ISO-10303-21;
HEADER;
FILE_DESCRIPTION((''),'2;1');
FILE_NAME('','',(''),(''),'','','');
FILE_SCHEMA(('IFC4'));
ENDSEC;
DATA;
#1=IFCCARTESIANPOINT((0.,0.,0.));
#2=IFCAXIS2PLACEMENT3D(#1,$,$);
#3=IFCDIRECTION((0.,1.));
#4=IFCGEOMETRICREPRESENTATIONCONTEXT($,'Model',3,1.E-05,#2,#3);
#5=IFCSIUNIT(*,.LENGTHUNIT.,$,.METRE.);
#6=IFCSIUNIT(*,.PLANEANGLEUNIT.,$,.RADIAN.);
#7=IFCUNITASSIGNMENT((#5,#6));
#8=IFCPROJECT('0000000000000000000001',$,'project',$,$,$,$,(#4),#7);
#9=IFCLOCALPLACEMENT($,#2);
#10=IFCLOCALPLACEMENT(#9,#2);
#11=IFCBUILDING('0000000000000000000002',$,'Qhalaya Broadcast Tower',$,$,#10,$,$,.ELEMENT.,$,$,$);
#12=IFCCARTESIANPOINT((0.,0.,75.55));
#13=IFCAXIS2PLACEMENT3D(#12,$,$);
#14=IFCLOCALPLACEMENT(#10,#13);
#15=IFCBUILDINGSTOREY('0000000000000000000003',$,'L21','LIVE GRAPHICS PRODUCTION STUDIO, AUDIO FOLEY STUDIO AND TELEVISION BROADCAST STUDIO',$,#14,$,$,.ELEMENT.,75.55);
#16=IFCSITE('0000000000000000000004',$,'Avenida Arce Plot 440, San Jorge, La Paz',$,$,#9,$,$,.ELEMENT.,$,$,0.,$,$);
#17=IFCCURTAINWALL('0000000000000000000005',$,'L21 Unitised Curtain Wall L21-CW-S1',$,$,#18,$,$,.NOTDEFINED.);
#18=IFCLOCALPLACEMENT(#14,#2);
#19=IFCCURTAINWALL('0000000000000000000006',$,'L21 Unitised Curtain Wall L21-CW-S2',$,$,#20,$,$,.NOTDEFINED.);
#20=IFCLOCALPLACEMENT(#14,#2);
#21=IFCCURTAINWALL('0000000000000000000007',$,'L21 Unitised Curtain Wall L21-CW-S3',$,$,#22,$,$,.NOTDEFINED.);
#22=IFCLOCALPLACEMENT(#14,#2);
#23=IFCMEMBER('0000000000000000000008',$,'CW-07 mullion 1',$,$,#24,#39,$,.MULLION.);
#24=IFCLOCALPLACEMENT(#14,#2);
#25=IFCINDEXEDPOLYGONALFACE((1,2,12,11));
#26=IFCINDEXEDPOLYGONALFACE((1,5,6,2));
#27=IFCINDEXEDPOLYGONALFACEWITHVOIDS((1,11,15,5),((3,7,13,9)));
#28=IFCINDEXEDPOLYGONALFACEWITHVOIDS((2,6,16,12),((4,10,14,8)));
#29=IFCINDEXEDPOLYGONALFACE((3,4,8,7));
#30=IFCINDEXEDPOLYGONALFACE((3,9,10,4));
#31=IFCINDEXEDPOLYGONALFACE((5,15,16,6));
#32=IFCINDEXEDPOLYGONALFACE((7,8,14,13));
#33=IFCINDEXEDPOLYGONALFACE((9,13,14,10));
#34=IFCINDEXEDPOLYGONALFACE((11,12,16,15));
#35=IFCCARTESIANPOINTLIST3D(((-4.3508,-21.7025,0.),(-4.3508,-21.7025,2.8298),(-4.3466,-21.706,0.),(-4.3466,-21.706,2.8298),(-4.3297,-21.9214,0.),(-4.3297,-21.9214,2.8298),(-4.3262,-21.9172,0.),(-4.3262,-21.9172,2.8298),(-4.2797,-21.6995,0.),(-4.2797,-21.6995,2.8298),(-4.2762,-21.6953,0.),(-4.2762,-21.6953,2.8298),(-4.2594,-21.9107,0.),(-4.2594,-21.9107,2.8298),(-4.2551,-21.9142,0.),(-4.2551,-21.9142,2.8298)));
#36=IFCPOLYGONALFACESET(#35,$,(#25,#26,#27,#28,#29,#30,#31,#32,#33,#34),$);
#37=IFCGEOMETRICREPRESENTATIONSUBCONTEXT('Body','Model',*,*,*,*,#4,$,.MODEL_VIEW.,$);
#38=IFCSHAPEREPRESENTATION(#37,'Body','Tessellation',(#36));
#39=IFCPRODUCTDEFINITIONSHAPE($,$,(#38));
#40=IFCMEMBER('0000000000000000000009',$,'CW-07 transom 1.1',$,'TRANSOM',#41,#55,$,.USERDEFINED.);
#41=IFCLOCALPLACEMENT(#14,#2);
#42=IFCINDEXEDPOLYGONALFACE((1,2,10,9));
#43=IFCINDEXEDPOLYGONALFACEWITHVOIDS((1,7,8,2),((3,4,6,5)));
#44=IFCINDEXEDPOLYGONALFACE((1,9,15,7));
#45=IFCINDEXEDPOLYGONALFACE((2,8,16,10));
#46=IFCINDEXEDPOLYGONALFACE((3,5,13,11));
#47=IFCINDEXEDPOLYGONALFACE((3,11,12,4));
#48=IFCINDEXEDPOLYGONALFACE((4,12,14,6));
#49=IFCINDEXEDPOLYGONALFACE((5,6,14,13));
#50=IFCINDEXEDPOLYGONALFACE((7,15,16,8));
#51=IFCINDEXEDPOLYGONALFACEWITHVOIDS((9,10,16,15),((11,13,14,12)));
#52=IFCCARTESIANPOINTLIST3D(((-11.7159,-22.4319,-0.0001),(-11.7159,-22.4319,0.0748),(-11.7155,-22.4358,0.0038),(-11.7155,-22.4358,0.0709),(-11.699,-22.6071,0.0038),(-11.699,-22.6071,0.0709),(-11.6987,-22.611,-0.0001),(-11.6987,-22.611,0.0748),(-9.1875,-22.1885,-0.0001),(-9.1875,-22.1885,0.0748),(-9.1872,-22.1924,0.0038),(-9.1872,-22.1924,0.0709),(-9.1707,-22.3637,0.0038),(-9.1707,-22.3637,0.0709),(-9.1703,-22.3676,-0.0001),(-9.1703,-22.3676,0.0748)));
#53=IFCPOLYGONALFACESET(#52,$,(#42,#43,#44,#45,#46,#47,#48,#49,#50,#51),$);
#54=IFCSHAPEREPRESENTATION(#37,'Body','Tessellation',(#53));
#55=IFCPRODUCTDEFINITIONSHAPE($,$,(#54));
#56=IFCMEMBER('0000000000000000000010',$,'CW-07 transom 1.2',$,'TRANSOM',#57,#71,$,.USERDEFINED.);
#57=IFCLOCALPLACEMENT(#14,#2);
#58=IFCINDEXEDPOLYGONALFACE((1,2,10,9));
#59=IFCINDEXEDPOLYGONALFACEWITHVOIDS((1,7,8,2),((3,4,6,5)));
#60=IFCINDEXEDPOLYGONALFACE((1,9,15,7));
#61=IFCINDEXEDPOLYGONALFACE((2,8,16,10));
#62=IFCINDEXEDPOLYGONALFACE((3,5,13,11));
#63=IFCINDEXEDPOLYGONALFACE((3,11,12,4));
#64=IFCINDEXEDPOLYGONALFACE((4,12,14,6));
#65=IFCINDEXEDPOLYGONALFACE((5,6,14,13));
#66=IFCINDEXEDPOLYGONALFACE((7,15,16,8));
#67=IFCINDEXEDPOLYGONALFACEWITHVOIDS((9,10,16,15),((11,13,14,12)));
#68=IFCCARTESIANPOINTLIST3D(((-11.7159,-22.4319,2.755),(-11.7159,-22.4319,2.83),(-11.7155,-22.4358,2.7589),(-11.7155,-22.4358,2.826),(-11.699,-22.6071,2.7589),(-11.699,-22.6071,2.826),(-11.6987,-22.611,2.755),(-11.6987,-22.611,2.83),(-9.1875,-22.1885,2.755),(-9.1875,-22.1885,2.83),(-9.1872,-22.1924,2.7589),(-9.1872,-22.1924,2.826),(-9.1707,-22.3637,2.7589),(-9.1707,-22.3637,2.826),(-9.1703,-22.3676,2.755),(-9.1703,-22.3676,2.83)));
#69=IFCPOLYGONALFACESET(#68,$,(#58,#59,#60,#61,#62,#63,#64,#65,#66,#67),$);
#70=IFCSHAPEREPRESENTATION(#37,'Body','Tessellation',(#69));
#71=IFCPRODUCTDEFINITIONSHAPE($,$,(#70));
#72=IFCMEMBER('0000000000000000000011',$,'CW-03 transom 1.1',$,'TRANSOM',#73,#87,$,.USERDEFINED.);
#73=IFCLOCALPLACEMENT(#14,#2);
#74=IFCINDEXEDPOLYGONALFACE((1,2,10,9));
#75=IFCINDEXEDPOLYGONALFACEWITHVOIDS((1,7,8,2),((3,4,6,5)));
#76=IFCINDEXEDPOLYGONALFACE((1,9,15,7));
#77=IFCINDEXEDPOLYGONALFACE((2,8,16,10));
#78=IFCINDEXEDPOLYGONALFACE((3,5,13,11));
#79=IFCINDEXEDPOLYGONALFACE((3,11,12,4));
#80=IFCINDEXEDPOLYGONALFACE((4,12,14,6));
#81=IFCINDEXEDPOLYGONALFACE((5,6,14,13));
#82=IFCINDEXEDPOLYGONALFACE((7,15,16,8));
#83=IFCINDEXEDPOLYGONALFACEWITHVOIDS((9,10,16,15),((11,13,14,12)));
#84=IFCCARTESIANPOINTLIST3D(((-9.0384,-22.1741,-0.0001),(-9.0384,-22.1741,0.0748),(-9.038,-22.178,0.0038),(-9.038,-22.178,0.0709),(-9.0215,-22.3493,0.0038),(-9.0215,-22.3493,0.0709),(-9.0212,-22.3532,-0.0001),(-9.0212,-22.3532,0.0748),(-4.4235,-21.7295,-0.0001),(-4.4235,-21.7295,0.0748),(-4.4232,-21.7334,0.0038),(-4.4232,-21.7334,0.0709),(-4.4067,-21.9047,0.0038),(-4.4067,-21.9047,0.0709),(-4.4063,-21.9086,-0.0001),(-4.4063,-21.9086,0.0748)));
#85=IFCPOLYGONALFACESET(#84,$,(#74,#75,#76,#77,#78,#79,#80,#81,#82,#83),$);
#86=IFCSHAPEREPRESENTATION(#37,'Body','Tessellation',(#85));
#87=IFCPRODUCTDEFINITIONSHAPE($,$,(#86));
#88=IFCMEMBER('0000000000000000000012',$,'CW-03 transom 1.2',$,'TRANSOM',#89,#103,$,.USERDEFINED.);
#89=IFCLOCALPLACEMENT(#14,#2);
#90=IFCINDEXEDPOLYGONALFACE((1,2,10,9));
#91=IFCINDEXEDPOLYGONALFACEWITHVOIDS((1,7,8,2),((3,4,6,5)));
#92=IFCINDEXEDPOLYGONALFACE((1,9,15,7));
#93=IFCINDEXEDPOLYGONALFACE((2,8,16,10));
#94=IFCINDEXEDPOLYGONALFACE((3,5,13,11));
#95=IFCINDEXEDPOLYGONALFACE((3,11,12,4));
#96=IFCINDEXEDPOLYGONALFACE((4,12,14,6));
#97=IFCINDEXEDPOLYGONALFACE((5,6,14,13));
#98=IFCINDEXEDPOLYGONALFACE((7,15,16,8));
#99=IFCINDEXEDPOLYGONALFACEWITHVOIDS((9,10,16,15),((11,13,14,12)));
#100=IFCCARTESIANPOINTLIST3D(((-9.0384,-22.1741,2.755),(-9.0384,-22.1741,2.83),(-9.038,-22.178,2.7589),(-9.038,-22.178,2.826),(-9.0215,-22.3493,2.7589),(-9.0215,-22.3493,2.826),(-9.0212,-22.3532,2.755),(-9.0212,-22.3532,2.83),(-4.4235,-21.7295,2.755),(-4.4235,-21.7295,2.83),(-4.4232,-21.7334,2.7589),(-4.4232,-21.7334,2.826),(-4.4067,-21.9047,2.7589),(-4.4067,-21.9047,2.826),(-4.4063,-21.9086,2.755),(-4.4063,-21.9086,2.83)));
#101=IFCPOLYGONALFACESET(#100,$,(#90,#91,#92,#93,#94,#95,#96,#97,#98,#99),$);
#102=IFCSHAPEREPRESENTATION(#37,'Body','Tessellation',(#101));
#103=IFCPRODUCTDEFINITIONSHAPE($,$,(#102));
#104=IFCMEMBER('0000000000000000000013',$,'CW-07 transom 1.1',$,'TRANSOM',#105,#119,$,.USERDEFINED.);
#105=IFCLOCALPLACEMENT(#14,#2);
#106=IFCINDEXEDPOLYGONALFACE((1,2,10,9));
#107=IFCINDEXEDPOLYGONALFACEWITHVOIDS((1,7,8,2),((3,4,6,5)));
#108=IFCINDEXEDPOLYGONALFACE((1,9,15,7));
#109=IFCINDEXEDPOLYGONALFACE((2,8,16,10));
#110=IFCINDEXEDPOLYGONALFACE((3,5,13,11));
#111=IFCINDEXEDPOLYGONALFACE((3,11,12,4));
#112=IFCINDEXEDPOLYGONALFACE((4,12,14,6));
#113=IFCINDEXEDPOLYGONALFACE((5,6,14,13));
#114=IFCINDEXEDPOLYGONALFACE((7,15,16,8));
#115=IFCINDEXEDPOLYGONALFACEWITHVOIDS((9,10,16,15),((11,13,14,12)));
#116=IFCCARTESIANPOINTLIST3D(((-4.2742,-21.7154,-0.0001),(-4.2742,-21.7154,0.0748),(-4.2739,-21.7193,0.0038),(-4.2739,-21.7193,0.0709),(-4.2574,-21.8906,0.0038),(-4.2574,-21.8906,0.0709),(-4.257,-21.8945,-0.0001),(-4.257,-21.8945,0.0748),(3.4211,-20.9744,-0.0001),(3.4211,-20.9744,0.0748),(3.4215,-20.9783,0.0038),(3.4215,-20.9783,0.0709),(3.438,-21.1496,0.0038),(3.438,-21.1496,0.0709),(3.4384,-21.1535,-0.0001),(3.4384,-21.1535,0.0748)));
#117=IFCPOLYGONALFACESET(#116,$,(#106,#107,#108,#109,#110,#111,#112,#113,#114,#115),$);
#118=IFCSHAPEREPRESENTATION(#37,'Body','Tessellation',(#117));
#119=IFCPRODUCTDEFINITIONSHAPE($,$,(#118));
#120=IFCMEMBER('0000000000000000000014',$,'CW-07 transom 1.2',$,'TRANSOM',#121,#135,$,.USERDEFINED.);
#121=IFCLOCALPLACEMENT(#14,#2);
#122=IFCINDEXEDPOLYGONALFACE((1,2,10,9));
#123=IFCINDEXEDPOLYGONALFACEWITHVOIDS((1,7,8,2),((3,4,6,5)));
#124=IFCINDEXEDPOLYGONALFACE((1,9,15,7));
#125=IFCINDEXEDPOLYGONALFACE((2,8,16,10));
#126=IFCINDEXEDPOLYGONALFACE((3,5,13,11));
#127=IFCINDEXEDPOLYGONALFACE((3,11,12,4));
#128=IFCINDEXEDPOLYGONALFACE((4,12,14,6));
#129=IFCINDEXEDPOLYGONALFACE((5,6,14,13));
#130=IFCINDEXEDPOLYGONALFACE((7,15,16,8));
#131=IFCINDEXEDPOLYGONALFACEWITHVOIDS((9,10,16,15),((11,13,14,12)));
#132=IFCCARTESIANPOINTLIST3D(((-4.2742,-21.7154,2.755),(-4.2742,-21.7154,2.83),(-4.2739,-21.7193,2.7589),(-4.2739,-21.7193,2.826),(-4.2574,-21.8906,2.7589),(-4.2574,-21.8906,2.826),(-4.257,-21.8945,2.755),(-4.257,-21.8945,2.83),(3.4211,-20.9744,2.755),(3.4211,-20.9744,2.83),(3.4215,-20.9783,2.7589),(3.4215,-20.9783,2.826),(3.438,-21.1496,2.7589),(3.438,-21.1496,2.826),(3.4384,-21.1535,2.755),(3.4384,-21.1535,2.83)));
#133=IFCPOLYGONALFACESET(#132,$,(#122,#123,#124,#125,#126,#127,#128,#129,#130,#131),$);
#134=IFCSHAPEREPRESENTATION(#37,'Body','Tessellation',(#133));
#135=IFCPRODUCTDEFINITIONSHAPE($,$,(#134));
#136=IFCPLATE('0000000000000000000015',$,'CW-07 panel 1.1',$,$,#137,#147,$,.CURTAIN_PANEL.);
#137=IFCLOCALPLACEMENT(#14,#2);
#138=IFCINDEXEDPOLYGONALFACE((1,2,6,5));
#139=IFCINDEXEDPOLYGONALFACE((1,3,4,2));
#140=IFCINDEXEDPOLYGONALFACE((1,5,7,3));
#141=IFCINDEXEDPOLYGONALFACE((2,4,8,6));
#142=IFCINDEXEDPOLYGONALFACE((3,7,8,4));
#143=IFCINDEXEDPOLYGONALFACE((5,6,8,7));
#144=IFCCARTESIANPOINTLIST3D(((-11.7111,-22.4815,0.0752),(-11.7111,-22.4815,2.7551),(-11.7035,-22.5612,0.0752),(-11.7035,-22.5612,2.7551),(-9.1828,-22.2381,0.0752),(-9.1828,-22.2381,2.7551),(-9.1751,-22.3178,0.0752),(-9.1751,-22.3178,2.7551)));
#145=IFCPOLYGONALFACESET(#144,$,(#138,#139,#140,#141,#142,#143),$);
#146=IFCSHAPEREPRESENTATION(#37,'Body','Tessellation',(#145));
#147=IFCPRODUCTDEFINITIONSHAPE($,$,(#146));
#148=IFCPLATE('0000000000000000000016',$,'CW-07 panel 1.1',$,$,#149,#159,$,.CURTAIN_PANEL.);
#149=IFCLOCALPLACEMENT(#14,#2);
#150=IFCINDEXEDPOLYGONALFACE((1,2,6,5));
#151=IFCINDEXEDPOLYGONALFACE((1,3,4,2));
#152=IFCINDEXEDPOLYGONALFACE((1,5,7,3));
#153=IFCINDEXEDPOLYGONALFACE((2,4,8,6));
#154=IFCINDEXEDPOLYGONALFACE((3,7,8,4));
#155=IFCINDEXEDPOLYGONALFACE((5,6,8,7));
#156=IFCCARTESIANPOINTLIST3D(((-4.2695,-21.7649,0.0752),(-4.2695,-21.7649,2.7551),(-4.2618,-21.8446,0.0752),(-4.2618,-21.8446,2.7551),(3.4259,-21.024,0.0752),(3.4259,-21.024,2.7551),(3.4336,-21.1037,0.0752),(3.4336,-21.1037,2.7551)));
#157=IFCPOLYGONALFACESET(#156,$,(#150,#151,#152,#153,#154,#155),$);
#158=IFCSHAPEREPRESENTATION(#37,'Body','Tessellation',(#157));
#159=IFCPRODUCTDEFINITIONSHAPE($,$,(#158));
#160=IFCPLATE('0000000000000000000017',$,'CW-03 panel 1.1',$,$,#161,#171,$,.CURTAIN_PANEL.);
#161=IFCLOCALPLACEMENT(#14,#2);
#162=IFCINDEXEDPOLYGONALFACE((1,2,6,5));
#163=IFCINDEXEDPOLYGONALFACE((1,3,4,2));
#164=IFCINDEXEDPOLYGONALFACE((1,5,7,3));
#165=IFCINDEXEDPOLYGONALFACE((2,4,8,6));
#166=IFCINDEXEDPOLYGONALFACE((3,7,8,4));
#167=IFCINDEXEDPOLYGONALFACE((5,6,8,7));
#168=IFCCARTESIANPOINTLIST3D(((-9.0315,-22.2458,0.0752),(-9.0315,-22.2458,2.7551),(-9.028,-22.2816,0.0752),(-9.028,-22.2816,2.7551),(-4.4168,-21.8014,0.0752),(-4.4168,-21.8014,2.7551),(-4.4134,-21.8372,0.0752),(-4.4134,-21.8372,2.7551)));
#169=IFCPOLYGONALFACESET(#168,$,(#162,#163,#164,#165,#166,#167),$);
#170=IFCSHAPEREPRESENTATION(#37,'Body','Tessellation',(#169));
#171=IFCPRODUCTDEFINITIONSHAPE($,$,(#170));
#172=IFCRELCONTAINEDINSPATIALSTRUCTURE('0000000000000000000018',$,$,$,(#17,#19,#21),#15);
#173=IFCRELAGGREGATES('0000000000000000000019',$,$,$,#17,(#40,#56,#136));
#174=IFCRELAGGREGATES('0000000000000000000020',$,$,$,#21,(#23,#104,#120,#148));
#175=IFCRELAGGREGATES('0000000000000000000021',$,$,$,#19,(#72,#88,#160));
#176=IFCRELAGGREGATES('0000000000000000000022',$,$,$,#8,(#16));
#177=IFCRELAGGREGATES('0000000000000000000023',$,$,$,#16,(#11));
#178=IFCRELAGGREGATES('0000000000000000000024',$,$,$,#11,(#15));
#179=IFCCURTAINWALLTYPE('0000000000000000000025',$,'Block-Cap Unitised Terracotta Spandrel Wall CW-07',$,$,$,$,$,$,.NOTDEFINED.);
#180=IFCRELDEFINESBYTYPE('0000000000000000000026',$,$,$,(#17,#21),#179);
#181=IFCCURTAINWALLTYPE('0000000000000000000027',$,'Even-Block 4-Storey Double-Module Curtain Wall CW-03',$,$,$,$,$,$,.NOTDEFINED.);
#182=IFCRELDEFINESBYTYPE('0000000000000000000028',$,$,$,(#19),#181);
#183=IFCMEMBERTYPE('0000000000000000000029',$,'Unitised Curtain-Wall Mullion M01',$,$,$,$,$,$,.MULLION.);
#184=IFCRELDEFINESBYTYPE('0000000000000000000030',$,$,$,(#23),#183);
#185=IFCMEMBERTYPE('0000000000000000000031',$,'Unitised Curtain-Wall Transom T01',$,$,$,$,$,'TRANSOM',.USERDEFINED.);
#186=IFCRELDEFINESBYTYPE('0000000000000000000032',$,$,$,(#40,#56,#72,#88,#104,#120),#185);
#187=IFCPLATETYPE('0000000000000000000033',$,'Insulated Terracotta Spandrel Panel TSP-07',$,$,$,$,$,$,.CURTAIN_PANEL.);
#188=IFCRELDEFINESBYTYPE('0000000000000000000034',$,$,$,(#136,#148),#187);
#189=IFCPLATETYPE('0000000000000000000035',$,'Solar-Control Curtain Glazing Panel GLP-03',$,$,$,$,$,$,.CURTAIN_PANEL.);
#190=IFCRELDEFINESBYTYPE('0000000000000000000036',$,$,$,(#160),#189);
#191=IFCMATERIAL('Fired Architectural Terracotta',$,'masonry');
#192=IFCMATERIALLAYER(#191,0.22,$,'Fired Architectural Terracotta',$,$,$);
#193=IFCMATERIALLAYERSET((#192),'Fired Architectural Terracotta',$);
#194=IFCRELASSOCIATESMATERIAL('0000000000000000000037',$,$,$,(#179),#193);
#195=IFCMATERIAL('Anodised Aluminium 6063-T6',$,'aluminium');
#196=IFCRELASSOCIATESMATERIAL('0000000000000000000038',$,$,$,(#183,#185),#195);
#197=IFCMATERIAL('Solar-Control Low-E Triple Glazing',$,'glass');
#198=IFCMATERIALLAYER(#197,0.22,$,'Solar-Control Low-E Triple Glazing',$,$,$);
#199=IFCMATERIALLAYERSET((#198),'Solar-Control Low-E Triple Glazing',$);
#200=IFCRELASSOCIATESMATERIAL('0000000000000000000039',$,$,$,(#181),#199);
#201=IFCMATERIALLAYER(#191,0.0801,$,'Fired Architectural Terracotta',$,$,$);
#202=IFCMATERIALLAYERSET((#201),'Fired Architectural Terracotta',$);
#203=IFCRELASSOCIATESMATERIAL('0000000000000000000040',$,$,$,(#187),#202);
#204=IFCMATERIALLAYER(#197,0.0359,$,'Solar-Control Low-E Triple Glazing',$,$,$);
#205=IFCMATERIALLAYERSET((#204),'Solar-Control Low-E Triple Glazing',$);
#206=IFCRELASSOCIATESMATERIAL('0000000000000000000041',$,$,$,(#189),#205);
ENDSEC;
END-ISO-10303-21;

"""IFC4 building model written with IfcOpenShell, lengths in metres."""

from ifc_helpers import new_model, si_unit, direction, frame, origin, origin_2d, place, context, subcontext, project, spatial, rectangle, hollow_rectangle, extrude, material, layer, layer_set, material_profile, profile_set, type_object, element, aggregate, save


model = new_model("IFC4")

# Units and contexts
model_context = context("Model", 3, precision=1e-05, world=origin(), true_north=direction((0.0, 1.0)))
body_context = subcontext(model_context, "Body", "Model", "MODEL_VIEW")
ifc_project = project(units=[si_unit("LENGTHUNIT", "METRE"), si_unit("PLANEANGLEUNIT", "RADIAN")], contexts=[model_context])

# Site, building, storey
site_placement = place(None, origin())
site = spatial("IfcSite", under=ifc_project, at=site_placement, Name="Avenida Arce Plot 440, San Jorge, La Paz", CompositionType="ELEMENT", RefElevation=0.0)
building_placement = place(site_placement, origin())
building = spatial("IfcBuilding", under=site, at=building_placement, Name="Qhalaya Broadcast Tower", CompositionType="ELEMENT")
storey_placement = place(building_placement, frame((0.0, 0.0, 75.55)))
storey = spatial("IfcBuildingStorey", under=building, at=storey_placement, Name="L21", Description="LIVE GRAPHICS PRODUCTION STUDIO, AUDIO FOLEY STUDIO AND TELEVISION BROADCAST STUDIO", CompositionType="ELEMENT", Elevation=75.55)

# Curtain wall
ifc_material_1 = material(Name="Fired Architectural Terracotta", Category="masonry")
ifc_layer_1 = layer(ifc_material_1, 0.22, Name="Fired Architectural Terracotta")
ifc_layer_set_1 = layer_set([ifc_layer_1], Name="Fired Architectural Terracotta")
curtain_wall_type_1 = type_object("IfcCurtainWallType", Name="Block-Cap Unitised Terracotta Spandrel Wall CW-07", PredefinedType="NOTDEFINED", material=ifc_layer_set_1)
curtain_wall_1_placement = place(storey_placement, origin())
curtain_wall_1 = element("IfcCurtainWall", 1, at=curtain_wall_1_placement, inside=storey, type_object=curtain_wall_type_1, Name="L21 Unitised Curtain Wall L21-CW-S1", PredefinedType="NOTDEFINED")
ifc_material_2 = material(Name="Anodised Aluminium 6063-T6", Category="aluminium")
ifc_material_profile_1 = material_profile(ifc_material_2, hollow_rectangle(XDim=0.075, YDim=0.22, WallThickness=0.0039, at=origin_2d()), Name="ALU-MUL 75x220x4")
ifc_profile_set_1 = profile_set([ifc_material_profile_1], Name="Anodised Aluminium 6063-T6")
member_type_1 = type_object("IfcMemberType", Name="Unitised Curtain-Wall Mullion M01", PredefinedType="MULLION", material=ifc_profile_set_1)

# Curtain wall
ifc_material_3 = material(Name="Solar-Control Low-E Triple Glazing", Category="glass")
ifc_layer_2 = layer(ifc_material_3, 0.22, Name="Solar-Control Low-E Triple Glazing")
ifc_layer_set_2 = layer_set([ifc_layer_2], Name="Solar-Control Low-E Triple Glazing")
curtain_wall_type_2 = type_object("IfcCurtainWallType", Name="Even-Block 4-Storey Double-Module Curtain Wall CW-03", PredefinedType="NOTDEFINED", material=ifc_layer_set_2)
curtain_wall_2_placement = place(storey_placement, origin())
curtain_wall_2 = element("IfcCurtainWall", 2, at=curtain_wall_2_placement, inside=storey, type_object=curtain_wall_type_2, Name="L21 Unitised Curtain Wall L21-CW-S2", PredefinedType="NOTDEFINED")

# Curtain wall, member
curtain_wall_3_placement = place(storey_placement, origin())
curtain_wall_3 = element("IfcCurtainWall", 3, at=curtain_wall_3_placement, inside=storey, type_object=curtain_wall_type_1, Name="L21 Unitised Curtain Wall L21-CW-S3", PredefinedType="NOTDEFINED")
member_1_placement = place(storey_placement, frame((-4.303, -21.8083, 0.0), z_axis=(0.0, 0.0, 1.0), x_axis=(0.995397, 0.095838, 0.0)))
member_1 = element("IfcMember", 4, at=member_1_placement, type_object=member_type_1, Name="CW-07 mullion 1", PredefinedType="MULLION", context=body_context, shape_type="SweptSolid", body=[
    extrude(hollow_rectangle(XDim=0.075, YDim=0.22, WallThickness=0.0039, at=origin_2d()), origin(), (0.0, 0.0, 1.0), 2.8298),
])

# Members
ifc_material_profile_2 = material_profile(ifc_material_2, hollow_rectangle(XDim=0.075, YDim=0.1799, WallThickness=0.0039, at=origin_2d()), Name="ALU-TRN 75x180x4")
ifc_profile_set_2 = profile_set([ifc_material_profile_2], Name="Anodised Aluminium 6063-T6")
member_type_2 = type_object("IfcMemberType", Name="Unitised Curtain-Wall Transom T01", ElementType="TRANSOM", PredefinedType="USERDEFINED", material=ifc_profile_set_2)
member_2_placement = place(storey_placement, frame((-11.7073, -22.5215, 0.0374), z_axis=(0.995398, 0.09583, 0.0), x_axis=(0.0, 0.0, 1.0)))
member_2 = element("IfcMember", 5, at=member_2_placement, type_object=member_type_2, Name="CW-07 transom 1.1", ObjectType="TRANSOM", PredefinedType="USERDEFINED", context=body_context, shape_type="SweptSolid", body=[
    extrude(hollow_rectangle(XDim=0.075, YDim=0.1799, WallThickness=0.0039, at=origin_2d()), origin(), (0.0, 0.0, 1.0), 2.54),
])
member_3_placement = place(storey_placement, frame((-11.7073, -22.5215, 2.7925), z_axis=(0.995398, 0.09583, 0.0), x_axis=(0.0, 0.0, 1.0)))
member_3 = element("IfcMember", 6, at=member_3_placement, type_object=member_type_2, Name="CW-07 transom 1.2", ObjectType="TRANSOM", PredefinedType="USERDEFINED", context=body_context, shape_type="SweptSolid", body=[
    extrude(hollow_rectangle(XDim=0.075, YDim=0.1799, WallThickness=0.0039, at=origin_2d()), origin(), (0.0, 0.0, 1.0), 2.54),
])
member_4_placement = place(storey_placement, frame((-9.0298, -22.2637, 0.0374), z_axis=(0.995391, 0.095895, 0.0), x_axis=(0.0, 0.0, 1.0)))
member_4 = element("IfcMember", 7, at=member_4_placement, type_object=member_type_2, Name="CW-03 transom 1.1", ObjectType="TRANSOM", PredefinedType="USERDEFINED", context=body_context, shape_type="SweptSolid", body=[
    extrude(hollow_rectangle(XDim=0.075, YDim=0.1799, WallThickness=0.0039, at=origin_2d()), origin(), (0.0, 0.0, 1.0), 4.6362),
])
member_5_placement = place(storey_placement, frame((-9.0298, -22.2637, 2.7925), z_axis=(0.995391, 0.095895, 0.0), x_axis=(0.0, 0.0, 1.0)))
member_5 = element("IfcMember", 8, at=member_5_placement, type_object=member_type_2, Name="CW-03 transom 1.2", ObjectType="TRANSOM", PredefinedType="USERDEFINED", context=body_context, shape_type="SweptSolid", body=[
    extrude(hollow_rectangle(XDim=0.075, YDim=0.1799, WallThickness=0.0039, at=origin_2d()), origin(), (0.0, 0.0, 1.0), 4.6362),
])
member_6_placement = place(storey_placement, frame((-4.2656, -21.8049, 0.0374), z_axis=(0.995396, 0.095845, 0.0), x_axis=(0.0, 0.0, 1.0)))
member_6 = element("IfcMember", 9, at=member_6_placement, type_object=member_type_2, Name="CW-07 transom 1.1", ObjectType="TRANSOM", PredefinedType="USERDEFINED", context=body_context, shape_type="SweptSolid", body=[
    extrude(hollow_rectangle(XDim=0.075, YDim=0.1799, WallThickness=0.0039, at=origin_2d()), origin(), (0.0, 0.0, 1.0), 7.731),
])
member_7_placement = place(storey_placement, frame((-4.2656, -21.8049, 2.7925), z_axis=(0.995396, 0.095845, 0.0), x_axis=(0.0, 0.0, 1.0)))
member_7 = element("IfcMember", 10, at=member_7_placement, type_object=member_type_2, Name="CW-07 transom 1.2", ObjectType="TRANSOM", PredefinedType="USERDEFINED", context=body_context, shape_type="SweptSolid", body=[
    extrude(hollow_rectangle(XDim=0.075, YDim=0.1799, WallThickness=0.0039, at=origin_2d()), origin(), (0.0, 0.0, 1.0), 7.731),
])

# Plates
ifc_layer_3 = layer(ifc_material_1, 0.0801, Name="Fired Architectural Terracotta")
ifc_layer_set_3 = layer_set([ifc_layer_3], Name="Fired Architectural Terracotta")
plate_type_1 = type_object("IfcPlateType", Name="Insulated Terracotta Spandrel Panel TSP-07", PredefinedType="CURTAIN_PANEL", material=ifc_layer_set_3)
plate_1_placement = place(storey_placement, frame((-10.4431, -22.3997, 0.0752), z_axis=(0.0, 0.0, 1.0), x_axis=(0.995397, 0.095837, 0.0)))
plate_1 = element("IfcPlate", 11, at=plate_1_placement, type_object=plate_type_1, Name="CW-07 panel 1.1", PredefinedType="CURTAIN_PANEL", context=body_context, shape_type="SweptSolid", body=[
    extrude(rectangle(XDim=2.54, YDim=0.0801, at=origin_2d()), origin(), (0.0, 0.0, 1.0), 2.6799),
])
aggregate(curtain_wall_1, [member_2, member_3, plate_1])
plate_2_placement = place(storey_placement, frame((-0.418, -21.4343, 0.0752), z_axis=(0.0, 0.0, 1.0), x_axis=(0.995397, 0.095838, 0.0)))
plate_2 = element("IfcPlate", 12, at=plate_2_placement, type_object=plate_type_1, Name="CW-07 panel 1.1", PredefinedType="CURTAIN_PANEL", context=body_context, shape_type="SweptSolid", body=[
    extrude(rectangle(XDim=7.731, YDim=0.0801, at=origin_2d()), origin(), (0.0, 0.0, 1.0), 2.6799),
])
aggregate(curtain_wall_3, [member_1, member_6, member_7, plate_2])
ifc_layer_4 = layer(ifc_material_3, 0.0359, Name="Solar-Control Low-E Triple Glazing")
ifc_layer_set_4 = layer_set([ifc_layer_4], Name="Solar-Control Low-E Triple Glazing")
plate_type_2 = type_object("IfcPlateType", Name="Solar-Control Curtain Glazing Panel GLP-03", PredefinedType="CURTAIN_PANEL", material=ifc_layer_set_4)
plate_3_placement = place(storey_placement, frame((-6.7224, -22.0415, 0.0752), z_axis=(0.0, 0.0, 1.0), x_axis=(0.995395, 0.095862, 0.0)))
plate_3 = element("IfcPlate", 13, at=plate_3_placement, type_object=plate_type_2, Name="CW-03 panel 1.1", PredefinedType="CURTAIN_PANEL", context=body_context, shape_type="SweptSolid", body=[
    extrude(rectangle(XDim=4.636, YDim=0.0359, at=origin_2d()), origin(), (0.0, 0.0, 1.0), 2.6799),
])
aggregate(curtain_wall_2, [member_4, member_5, plate_3])

save(model, "model.ifc")
